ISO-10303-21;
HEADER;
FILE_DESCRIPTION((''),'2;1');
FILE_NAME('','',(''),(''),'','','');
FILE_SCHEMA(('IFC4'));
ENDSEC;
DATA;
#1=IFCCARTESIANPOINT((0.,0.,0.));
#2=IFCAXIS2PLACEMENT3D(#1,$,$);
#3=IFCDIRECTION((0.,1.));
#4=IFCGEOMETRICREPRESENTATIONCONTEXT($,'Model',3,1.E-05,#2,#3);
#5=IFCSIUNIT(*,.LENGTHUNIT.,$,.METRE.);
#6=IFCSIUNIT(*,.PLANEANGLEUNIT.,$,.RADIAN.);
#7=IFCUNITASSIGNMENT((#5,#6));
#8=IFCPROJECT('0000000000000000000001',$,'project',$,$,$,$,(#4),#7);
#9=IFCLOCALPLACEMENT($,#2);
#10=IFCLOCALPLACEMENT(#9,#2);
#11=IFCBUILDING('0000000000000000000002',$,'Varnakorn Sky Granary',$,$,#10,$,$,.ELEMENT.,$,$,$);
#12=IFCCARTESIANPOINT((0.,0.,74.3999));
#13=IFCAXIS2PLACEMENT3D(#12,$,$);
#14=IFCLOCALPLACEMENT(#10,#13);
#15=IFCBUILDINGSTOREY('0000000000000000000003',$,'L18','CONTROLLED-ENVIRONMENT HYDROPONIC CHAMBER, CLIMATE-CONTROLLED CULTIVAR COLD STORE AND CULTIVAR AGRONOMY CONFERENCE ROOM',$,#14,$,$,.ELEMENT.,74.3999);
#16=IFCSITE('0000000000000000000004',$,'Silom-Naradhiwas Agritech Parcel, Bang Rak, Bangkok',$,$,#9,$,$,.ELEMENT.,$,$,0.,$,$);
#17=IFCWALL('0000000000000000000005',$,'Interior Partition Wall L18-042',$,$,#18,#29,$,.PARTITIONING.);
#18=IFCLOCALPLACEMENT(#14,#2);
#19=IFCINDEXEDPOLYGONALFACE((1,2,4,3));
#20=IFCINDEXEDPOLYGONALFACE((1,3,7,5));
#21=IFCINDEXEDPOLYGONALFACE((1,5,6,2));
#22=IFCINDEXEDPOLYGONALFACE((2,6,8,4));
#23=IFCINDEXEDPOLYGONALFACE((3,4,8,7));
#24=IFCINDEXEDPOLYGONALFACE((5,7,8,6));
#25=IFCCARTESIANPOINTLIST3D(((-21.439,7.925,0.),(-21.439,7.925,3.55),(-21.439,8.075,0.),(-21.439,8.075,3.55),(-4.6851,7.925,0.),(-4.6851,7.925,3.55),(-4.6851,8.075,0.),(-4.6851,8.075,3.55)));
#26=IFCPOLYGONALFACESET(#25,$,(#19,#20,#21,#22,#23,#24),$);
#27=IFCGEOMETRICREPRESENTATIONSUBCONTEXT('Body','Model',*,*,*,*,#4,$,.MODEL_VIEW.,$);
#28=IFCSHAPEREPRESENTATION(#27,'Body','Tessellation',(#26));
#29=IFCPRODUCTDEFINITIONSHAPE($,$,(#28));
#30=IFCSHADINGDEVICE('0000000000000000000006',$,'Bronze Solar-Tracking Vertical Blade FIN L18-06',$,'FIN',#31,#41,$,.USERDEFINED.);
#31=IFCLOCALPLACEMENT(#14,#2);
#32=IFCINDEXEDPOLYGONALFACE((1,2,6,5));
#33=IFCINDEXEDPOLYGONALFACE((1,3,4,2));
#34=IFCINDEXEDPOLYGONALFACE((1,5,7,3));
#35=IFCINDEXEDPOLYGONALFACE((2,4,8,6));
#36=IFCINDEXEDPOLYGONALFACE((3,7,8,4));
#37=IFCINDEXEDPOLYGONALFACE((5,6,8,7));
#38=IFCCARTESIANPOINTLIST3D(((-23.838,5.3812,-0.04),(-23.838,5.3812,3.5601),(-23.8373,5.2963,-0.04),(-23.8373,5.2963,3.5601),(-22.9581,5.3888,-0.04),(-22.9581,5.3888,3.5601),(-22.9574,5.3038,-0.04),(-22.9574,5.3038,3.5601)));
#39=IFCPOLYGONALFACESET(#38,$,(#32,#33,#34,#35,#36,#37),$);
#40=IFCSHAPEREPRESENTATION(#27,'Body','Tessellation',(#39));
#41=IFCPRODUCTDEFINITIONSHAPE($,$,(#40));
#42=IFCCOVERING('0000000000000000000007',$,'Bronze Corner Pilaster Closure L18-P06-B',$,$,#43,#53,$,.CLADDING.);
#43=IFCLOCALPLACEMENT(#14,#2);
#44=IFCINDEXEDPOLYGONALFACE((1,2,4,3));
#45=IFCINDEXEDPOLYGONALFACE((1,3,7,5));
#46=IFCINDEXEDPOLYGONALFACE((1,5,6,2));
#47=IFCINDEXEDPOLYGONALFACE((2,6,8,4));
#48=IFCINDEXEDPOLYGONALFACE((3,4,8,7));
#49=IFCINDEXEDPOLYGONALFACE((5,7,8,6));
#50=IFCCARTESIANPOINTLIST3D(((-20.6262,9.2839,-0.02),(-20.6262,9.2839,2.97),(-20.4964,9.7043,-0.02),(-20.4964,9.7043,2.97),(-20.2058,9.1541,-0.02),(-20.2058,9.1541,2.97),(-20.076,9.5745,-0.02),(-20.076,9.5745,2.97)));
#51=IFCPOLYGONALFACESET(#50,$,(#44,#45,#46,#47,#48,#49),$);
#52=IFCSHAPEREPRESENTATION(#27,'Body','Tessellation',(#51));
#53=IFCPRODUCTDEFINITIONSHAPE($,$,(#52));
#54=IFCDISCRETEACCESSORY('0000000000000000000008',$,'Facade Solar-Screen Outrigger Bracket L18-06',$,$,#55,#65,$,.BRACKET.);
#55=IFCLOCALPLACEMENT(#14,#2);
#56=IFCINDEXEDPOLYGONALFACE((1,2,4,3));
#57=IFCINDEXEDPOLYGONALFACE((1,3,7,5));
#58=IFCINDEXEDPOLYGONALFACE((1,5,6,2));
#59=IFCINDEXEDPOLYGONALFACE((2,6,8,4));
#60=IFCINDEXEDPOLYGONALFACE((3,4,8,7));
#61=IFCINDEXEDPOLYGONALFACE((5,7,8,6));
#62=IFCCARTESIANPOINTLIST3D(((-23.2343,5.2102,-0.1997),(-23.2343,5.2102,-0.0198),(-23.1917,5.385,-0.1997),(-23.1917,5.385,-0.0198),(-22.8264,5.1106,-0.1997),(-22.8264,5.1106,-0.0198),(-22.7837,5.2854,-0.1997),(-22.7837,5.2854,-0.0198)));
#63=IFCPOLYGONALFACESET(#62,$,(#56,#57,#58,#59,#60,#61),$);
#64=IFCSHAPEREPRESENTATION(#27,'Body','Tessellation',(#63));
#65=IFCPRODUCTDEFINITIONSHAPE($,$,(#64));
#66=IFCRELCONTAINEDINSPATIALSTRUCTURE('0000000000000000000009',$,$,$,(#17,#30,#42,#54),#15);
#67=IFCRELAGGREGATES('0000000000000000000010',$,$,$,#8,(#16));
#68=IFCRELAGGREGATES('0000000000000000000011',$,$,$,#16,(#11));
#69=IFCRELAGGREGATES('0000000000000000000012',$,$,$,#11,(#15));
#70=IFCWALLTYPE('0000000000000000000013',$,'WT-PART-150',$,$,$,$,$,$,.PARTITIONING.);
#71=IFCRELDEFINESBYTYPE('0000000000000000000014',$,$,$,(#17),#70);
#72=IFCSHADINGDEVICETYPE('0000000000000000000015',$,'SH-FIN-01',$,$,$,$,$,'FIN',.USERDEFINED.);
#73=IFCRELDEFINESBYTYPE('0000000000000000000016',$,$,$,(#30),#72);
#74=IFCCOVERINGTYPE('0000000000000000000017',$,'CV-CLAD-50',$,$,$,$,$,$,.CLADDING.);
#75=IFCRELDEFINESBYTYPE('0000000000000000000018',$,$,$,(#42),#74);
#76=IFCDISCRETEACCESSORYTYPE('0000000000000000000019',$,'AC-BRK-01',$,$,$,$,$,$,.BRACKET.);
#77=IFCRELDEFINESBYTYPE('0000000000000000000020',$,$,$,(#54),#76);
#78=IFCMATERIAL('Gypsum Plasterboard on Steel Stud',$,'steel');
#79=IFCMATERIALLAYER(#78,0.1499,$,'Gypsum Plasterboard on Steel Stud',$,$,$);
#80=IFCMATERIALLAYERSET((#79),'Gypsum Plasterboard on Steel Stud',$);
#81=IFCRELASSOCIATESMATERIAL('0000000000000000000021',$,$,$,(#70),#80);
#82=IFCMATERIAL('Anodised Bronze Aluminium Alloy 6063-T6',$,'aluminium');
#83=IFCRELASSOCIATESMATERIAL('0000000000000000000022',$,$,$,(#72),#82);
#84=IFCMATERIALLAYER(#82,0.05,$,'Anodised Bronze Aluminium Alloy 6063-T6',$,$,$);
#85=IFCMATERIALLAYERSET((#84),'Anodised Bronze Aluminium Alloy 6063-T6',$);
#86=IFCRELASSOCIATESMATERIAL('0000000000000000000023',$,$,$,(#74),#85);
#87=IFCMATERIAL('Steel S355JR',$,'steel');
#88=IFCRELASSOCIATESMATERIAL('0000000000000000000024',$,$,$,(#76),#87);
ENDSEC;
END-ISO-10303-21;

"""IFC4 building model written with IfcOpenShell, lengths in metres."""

from ifc_helpers import new_model, si_unit, direction, frame, frame_2d, origin, origin_2d, place, context, subcontext, project, spatial, rectangle, extrude, source, transform, mapped, material, layer, layer_set, type_object, type_shapes, element, save


model = new_model("IFC4")

# Units and contexts
model_context = context("Model", 3, precision=1e-05, world=origin(), true_north=direction((0.0, 1.0)))
body_context = subcontext(model_context, "Body", "Model", "MODEL_VIEW")
ifc_project = project(units=[si_unit("LENGTHUNIT", "METRE"), si_unit("PLANEANGLEUNIT", "RADIAN")], contexts=[model_context])

# Site, building, storey
site_placement = place(None, origin())
site = spatial("IfcSite", under=ifc_project, at=site_placement, Name="Silom-Naradhiwas Agritech Parcel, Bang Rak, Bangkok", CompositionType="ELEMENT", RefElevation=0.0)
building_placement = place(site_placement, origin())
building = spatial("IfcBuilding", under=site, at=building_placement, Name="Varnakorn Sky Granary", CompositionType="ELEMENT")
storey_placement = place(building_placement, frame((0.0, 0.0, 74.3999)))
storey = spatial("IfcBuildingStorey", under=building, at=storey_placement, Name="L18", Description="CONTROLLED-ENVIRONMENT HYDROPONIC CHAMBER, CLIMATE-CONTROLLED CULTIVAR COLD STORE AND CULTIVAR AGRONOMY CONFERENCE ROOM", CompositionType="ELEMENT", Elevation=74.3999)

# Shared definitions
ifc_material_1 = material(Name="Steel S355JR", Category="steel")

# Shared definitions
ifc_material_2 = material(Name="Anodised Bronze Aluminium Alloy 6063-T6", Category="aluminium")

# Wall
ifc_material_3 = material(Name="Gypsum Plasterboard on Steel Stud", Category="steel")
ifc_layer_1 = layer(ifc_material_3, 0.1499, Name="Gypsum Plasterboard on Steel Stud")
ifc_layer_set_1 = layer_set([ifc_layer_1], Name="Gypsum Plasterboard on Steel Stud")
wall_type = type_object("IfcWallType", Name="WT-PART-150", PredefinedType="PARTITIONING", material=ifc_layer_set_1)
wall_placement = place(storey_placement, frame((-21.439, 8.0, 0.0), z_axis=(0.0, 0.0, 1.0), x_axis=(1.0, 0.0, 0.0)))
element("IfcWall", 1, at=wall_placement, inside=storey, type_object=wall_type, Name="Interior Partition Wall L18-042", PredefinedType="PARTITIONING", context=body_context, shape_type="SweptSolid", body=[
    extrude(rectangle(XDim=16.7539, YDim=0.1499, at=frame_2d((8.377, 0.0))), origin(), (0.0, 0.0, 1.0), 3.55),
])

# Shading device
shading_device_type = type_object("IfcShadingDeviceType", Name="SH-FIN-01", ElementType="FIN", PredefinedType="USERDEFINED", material=ifc_material_2)
shared_shape_1 = source(origin(), body_context, "Body", "SweptSolid", [
    extrude(rectangle(XDim=0.085, YDim=0.8799, at=origin_2d()), origin(), (0.0, 0.0, 1.0), 3.6001),
])
type_shapes(shading_device_type, [shared_shape_1])
shading_device_placement = place(storey_placement, frame((-23.3977, 5.3425, -0.04), z_axis=(0.0, 0.0, 1.0), x_axis=(0.008571, -0.999963, 0.0)))
element("IfcShadingDevice", 2, at=shading_device_placement, inside=storey, type_object=shading_device_type, Name="Bronze Solar-Tracking Vertical Blade FIN L18-06", ObjectType="FIN", PredefinedType="USERDEFINED", context=body_context, shape_type="MappedRepresentation", body=[
    mapped(shared_shape_1, transform((0.0, 0.0, 0.0), x_axis=(1.0, 0.0, 0.0), y_axis=(0.0, 1.0, 0.0), z_axis=(0.0, 0.0, 1.0), scale=1.0)),
])

# Covering
ifc_layer_2 = layer(ifc_material_2, 0.05, Name="Anodised Bronze Aluminium Alloy 6063-T6")
ifc_layer_set_2 = layer_set([ifc_layer_2], Name="Anodised Bronze Aluminium Alloy 6063-T6")
covering_type = type_object("IfcCoveringType", Name="CV-CLAD-50", PredefinedType="CLADDING", material=ifc_layer_set_2)
shared_shape_2 = source(origin(), body_context, "Body", "SweptSolid", [
    extrude(rectangle(XDim=0.4399, YDim=0.4399, at=origin_2d()), origin(), (0.0, 0.0, 1.0), 2.99),
])
type_shapes(covering_type, [shared_shape_2])
covering_placement = place(storey_placement, frame((-20.3511, 9.4292, -0.02), z_axis=(0.0, 0.0, 1.0), x_axis=(0.295041, 0.955485, 0.0)))
element("IfcCovering", 3, at=covering_placement, inside=storey, type_object=covering_type, Name="Bronze Corner Pilaster Closure L18-P06-B", PredefinedType="CLADDING", context=body_context, shape_type="MappedRepresentation", body=[
    mapped(shared_shape_2, transform((0.0, 0.0, 0.0), x_axis=(1.0, 0.0, 0.0), y_axis=(0.0, 1.0, 0.0), z_axis=(0.0, 0.0, 1.0), scale=1.0)),
])

# Discrete accessory
discrete_accessory_type = type_object("IfcDiscreteAccessoryType", Name="AC-BRK-01", PredefinedType="BRACKET", material=ifc_material_1)
shared_shape_3 = source(origin(), body_context, "Body", "SweptSolid", [
    extrude(rectangle(XDim=0.1799, YDim=0.4199, at=origin_2d()), origin(), (0.0, 0.0, 1.0), 0.1799),
])
type_shapes(discrete_accessory_type, [shared_shape_3])
discrete_accessory_placement = place(storey_placement, frame((-23.009, 5.2478, -0.1997), z_axis=(0.0, 0.0, 1.0), x_axis=(-0.237027, -0.971503, 0.0)))
element("IfcDiscreteAccessory", 4, at=discrete_accessory_placement, inside=storey, type_object=discrete_accessory_type, Name="Facade Solar-Screen Outrigger Bracket L18-06", PredefinedType="BRACKET", context=body_context, shape_type="MappedRepresentation", body=[
    mapped(shared_shape_3, transform((0.0, 0.0, 0.0), x_axis=(1.0, 0.0, 0.0), y_axis=(0.0, 1.0, 0.0), z_axis=(0.0, 0.0, 1.0), scale=1.0)),
])

save(model, "model.ifc")
